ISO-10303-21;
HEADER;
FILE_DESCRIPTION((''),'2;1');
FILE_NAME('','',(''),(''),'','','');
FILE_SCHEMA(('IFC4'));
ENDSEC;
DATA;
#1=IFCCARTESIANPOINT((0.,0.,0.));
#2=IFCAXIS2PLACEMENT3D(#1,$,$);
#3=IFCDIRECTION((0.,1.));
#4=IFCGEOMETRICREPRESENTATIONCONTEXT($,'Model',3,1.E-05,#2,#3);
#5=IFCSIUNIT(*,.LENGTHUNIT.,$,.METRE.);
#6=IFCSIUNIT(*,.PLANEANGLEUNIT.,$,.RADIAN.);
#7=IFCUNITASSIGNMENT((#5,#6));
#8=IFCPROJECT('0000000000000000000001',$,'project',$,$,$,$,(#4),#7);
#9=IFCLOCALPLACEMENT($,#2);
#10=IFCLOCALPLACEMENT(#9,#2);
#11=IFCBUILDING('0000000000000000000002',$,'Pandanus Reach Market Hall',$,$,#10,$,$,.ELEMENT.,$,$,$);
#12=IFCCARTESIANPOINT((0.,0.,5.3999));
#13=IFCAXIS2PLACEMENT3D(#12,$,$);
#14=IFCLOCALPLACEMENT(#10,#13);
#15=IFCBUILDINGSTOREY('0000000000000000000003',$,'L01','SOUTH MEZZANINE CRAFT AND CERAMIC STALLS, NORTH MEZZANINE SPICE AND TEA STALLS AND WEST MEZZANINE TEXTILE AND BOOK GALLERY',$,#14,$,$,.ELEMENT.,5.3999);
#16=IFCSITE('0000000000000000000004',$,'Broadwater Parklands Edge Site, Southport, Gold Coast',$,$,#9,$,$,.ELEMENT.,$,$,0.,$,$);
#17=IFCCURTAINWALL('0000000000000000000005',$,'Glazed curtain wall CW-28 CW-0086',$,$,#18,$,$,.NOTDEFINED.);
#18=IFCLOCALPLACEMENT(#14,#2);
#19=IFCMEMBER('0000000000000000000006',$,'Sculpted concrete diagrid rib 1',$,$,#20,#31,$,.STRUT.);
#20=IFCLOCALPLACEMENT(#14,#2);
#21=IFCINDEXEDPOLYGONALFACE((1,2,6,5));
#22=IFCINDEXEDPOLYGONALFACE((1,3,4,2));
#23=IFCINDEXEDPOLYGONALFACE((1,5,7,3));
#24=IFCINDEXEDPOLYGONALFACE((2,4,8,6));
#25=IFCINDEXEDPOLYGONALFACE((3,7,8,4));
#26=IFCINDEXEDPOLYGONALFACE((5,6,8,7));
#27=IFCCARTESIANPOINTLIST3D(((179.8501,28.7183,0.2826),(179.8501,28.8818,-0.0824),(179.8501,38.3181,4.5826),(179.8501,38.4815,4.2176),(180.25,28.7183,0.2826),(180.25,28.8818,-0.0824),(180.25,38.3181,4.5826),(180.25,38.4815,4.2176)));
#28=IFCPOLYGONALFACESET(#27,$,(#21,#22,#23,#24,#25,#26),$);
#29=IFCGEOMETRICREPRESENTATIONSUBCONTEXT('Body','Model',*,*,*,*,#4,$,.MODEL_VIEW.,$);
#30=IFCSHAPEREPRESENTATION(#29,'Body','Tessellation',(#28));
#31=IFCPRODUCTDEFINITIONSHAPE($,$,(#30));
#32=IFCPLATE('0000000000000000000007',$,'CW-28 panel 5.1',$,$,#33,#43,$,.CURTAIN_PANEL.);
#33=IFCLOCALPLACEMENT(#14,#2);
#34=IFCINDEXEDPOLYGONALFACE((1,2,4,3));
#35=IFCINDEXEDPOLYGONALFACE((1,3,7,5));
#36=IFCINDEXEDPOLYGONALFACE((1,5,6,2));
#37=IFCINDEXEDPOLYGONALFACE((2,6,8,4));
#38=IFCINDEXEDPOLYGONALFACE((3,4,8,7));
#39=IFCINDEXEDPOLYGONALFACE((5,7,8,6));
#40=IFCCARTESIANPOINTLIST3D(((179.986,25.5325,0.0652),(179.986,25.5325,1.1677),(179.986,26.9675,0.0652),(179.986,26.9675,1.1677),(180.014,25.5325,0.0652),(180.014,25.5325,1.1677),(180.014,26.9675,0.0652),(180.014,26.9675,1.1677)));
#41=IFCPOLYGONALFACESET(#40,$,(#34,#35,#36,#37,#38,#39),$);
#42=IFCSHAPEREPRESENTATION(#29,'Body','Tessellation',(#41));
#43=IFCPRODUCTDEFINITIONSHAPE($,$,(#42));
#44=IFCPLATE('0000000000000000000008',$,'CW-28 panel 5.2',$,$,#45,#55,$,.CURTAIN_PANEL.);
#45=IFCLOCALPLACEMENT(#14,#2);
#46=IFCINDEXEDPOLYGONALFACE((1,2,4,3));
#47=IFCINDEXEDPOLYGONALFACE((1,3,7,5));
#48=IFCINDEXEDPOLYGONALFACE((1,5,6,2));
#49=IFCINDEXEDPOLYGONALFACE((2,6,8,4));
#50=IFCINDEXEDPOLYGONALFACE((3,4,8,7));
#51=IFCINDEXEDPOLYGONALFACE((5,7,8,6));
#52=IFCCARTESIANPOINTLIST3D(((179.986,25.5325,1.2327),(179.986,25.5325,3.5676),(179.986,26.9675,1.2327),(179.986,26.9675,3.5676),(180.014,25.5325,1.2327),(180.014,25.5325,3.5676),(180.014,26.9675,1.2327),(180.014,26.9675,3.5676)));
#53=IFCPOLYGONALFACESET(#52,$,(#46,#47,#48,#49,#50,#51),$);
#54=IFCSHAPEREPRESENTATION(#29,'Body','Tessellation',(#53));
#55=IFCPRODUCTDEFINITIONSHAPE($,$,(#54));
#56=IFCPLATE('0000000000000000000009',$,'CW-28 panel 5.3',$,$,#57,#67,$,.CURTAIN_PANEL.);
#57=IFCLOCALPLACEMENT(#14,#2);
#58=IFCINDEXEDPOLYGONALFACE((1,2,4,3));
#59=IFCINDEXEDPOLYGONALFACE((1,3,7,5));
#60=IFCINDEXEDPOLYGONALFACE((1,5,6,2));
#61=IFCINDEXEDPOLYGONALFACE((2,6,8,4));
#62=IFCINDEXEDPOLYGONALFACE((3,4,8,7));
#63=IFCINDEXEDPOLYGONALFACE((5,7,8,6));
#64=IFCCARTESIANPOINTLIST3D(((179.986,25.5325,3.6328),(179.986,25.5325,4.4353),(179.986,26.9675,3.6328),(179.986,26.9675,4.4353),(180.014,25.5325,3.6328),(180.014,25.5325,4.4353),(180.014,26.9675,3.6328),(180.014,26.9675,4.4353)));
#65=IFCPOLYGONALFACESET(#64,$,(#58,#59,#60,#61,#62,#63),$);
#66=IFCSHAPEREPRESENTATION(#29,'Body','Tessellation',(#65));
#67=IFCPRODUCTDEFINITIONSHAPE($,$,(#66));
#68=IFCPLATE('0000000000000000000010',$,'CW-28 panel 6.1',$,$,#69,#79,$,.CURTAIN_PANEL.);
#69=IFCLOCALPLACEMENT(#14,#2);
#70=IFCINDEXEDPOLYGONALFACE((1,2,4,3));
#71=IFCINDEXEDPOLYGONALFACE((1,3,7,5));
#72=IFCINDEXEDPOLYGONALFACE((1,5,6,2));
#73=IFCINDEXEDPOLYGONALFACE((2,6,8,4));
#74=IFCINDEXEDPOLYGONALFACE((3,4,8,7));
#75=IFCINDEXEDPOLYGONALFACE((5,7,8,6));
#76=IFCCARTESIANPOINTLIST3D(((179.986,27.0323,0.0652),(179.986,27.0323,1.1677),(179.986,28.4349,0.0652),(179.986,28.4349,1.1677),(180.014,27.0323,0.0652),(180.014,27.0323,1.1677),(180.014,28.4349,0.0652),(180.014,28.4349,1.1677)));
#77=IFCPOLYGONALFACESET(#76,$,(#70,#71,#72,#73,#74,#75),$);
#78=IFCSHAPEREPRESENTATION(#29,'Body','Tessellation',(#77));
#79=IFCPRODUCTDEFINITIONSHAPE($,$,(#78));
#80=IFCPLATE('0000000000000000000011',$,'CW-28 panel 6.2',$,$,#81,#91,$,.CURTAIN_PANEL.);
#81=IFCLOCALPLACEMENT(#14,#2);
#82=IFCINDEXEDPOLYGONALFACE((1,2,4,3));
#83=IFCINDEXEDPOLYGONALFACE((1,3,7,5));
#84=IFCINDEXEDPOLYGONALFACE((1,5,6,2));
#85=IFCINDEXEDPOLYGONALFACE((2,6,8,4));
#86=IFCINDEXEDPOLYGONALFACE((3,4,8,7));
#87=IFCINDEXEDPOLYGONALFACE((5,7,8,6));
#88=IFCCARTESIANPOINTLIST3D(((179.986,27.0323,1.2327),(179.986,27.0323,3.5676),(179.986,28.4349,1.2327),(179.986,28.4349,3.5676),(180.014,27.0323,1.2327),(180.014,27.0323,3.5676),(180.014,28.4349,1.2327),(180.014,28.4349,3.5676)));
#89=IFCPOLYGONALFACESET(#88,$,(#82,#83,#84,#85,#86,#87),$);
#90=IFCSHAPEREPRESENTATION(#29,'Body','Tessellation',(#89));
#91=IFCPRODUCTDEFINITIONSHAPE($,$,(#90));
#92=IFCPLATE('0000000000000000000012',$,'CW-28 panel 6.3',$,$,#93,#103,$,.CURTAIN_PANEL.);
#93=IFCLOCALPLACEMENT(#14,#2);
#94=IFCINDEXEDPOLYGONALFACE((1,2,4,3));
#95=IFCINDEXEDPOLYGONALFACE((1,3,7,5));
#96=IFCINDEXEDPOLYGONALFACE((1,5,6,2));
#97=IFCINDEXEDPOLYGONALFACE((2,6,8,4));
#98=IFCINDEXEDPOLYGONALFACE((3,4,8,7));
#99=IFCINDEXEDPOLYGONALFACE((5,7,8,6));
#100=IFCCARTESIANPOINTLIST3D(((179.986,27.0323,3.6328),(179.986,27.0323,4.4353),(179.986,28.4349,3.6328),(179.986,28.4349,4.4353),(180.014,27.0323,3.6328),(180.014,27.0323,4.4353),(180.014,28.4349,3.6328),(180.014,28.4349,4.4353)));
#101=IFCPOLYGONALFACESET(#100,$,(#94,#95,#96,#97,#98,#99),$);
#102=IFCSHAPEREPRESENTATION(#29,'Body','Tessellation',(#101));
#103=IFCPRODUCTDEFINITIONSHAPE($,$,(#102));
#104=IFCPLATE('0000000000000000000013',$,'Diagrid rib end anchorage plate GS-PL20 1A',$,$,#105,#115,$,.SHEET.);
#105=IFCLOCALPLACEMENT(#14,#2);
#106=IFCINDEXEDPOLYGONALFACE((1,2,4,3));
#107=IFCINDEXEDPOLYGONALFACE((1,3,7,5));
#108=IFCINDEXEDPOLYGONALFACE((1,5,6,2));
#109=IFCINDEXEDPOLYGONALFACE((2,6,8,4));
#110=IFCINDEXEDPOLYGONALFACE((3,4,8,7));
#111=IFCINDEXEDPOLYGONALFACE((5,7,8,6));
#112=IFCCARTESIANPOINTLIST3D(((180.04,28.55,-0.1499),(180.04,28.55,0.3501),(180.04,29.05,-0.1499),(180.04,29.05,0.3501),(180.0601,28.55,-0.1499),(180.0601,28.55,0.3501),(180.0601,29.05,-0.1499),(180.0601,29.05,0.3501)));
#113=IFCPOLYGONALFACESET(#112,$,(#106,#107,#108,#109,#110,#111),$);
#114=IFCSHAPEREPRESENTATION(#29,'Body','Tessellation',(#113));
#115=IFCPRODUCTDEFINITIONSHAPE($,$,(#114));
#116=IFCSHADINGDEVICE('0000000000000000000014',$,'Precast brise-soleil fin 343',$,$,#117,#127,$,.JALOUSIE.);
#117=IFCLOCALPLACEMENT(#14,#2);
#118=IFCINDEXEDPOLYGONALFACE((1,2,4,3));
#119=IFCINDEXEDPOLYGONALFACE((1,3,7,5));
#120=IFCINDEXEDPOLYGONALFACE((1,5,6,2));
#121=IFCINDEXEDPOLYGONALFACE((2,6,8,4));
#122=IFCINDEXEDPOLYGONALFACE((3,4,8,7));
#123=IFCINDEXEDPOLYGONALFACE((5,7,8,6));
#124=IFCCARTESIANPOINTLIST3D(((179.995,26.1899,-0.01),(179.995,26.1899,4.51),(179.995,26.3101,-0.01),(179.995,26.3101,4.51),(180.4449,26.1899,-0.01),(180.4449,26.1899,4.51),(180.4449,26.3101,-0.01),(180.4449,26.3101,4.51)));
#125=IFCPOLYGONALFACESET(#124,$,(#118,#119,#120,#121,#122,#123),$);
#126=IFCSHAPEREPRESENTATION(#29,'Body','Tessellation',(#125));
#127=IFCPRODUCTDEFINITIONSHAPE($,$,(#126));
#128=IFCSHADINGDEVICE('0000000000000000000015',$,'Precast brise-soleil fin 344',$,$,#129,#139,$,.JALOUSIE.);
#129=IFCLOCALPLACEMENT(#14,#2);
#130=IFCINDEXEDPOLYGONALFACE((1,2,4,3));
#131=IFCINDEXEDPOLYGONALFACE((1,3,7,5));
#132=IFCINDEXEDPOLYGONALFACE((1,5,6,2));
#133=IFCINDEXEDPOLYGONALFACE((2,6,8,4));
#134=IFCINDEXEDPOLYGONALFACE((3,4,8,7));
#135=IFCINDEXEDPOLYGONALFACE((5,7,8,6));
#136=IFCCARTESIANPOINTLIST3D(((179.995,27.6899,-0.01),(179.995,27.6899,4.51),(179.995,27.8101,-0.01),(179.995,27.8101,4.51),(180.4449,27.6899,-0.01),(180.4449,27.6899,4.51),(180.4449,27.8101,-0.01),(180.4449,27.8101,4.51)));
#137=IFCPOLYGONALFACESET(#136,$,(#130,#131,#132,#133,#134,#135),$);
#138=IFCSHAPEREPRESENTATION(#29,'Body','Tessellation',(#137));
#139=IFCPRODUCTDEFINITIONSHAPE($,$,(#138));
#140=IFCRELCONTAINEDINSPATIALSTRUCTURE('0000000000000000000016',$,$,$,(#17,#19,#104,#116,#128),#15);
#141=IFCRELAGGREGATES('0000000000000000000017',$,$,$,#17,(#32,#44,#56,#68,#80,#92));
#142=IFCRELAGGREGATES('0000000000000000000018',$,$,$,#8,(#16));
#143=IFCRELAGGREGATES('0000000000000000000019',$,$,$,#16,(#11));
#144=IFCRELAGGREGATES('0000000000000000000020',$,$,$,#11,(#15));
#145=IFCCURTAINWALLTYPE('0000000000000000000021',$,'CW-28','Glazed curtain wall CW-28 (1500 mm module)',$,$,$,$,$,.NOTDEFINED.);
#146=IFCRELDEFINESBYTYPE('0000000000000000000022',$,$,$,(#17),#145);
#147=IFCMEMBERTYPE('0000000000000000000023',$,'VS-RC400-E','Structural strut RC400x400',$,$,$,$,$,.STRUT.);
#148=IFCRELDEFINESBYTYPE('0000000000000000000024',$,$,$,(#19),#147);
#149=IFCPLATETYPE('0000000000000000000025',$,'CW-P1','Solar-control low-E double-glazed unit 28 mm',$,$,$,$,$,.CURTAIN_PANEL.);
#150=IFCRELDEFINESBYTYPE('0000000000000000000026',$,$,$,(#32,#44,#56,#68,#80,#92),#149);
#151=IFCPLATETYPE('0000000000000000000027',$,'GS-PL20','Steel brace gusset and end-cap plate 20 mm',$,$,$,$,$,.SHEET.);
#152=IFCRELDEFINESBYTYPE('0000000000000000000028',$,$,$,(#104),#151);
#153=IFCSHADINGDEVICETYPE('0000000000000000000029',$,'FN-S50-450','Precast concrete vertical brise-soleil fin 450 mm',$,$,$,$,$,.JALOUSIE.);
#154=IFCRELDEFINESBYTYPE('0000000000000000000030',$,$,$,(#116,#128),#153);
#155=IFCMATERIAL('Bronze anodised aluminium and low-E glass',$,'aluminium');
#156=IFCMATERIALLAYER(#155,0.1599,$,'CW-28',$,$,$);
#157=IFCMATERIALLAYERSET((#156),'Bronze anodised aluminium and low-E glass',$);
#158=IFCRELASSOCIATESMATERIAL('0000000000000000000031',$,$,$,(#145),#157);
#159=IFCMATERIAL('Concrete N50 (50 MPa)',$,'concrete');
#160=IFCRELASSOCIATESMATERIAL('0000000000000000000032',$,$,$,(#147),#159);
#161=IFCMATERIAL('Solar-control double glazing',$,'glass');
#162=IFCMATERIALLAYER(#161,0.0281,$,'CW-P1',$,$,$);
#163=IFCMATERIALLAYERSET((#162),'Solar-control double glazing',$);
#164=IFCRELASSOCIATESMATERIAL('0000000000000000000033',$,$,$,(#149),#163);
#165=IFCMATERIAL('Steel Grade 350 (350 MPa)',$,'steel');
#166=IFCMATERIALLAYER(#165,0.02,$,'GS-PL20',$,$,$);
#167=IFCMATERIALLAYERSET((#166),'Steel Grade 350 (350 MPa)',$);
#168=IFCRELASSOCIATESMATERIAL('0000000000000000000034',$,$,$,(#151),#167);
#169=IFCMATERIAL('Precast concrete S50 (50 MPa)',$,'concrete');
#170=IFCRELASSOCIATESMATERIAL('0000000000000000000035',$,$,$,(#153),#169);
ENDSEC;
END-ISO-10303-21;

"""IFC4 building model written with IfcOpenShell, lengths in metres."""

from ifc_helpers import new_model, si_unit, direction, frame, origin, origin_2d, place, context, subcontext, project, spatial, rectangle, extrude, material, layer, layer_set, material_profile, profile_set, type_object, element, aggregate, save


model = new_model("IFC4")

# Units and contexts
model_context = context("Model", 3, precision=1e-05, world=origin(), true_north=direction((0.0, 1.0)))
body_context = subcontext(model_context, "Body", "Model", "MODEL_VIEW")
ifc_project = project(units=[si_unit("LENGTHUNIT", "METRE"), si_unit("PLANEANGLEUNIT", "RADIAN")], contexts=[model_context])

# Site, building, storey
site_placement = place(None, origin())
site = spatial("IfcSite", under=ifc_project, at=site_placement, Name="Broadwater Parklands Edge Site, Southport, Gold Coast", CompositionType="ELEMENT", RefElevation=0.0)
building_placement = place(site_placement, origin())
building = spatial("IfcBuilding", under=site, at=building_placement, Name="Pandanus Reach Market Hall", CompositionType="ELEMENT")
storey_placement = place(building_placement, frame((0.0, 0.0, 5.3999)))
storey = spatial("IfcBuildingStorey", under=building, at=storey_placement, Name="L01", Description="SOUTH MEZZANINE CRAFT AND CERAMIC STALLS, NORTH MEZZANINE SPICE AND TEA STALLS AND WEST MEZZANINE TEXTILE AND BOOK GALLERY", CompositionType="ELEMENT", Elevation=5.3999)

# Curtain wall
ifc_material_1 = material(Name="Bronze anodised aluminium and low-E glass", Category="aluminium")
ifc_layer_1 = layer(ifc_material_1, 0.1599, Name="CW-28")
ifc_layer_set_1 = layer_set([ifc_layer_1], Name="Bronze anodised aluminium and low-E glass")
curtain_wall_type = type_object("IfcCurtainWallType", Name="CW-28", Description="Glazed curtain wall CW-28 (1500 mm module)", PredefinedType="NOTDEFINED", material=ifc_layer_set_1)
curtain_wall_placement = place(storey_placement, origin())
curtain_wall = element("IfcCurtainWall", 1, at=curtain_wall_placement, inside=storey, type_object=curtain_wall_type, Name="Glazed curtain wall CW-28 CW-0086", PredefinedType="NOTDEFINED")

# Member
ifc_material_2 = material(Name="Concrete N50 (50 MPa)", Category="concrete")
ifc_material_profile_1 = material_profile(ifc_material_2, rectangle(XDim=0.3999, YDim=0.3999, at=origin_2d()), Name="RC400x400", Category="LoadBearing")
ifc_profile_set_1 = profile_set([ifc_material_profile_1], Name="Concrete N50 (50 MPa)")
member_type_1 = type_object("IfcMemberType", Name="VS-RC400-E", Description="Structural strut RC400x400", PredefinedType="STRUT", material=ifc_profile_set_1)
member_1_placement = place(storey_placement, frame((180.05, 28.8, 0.1001), z_axis=(0.0, 0.912628, 0.408792), x_axis=(-1.0, 0.0, 0.0)))
element("IfcMember", 2, at=member_1_placement, inside=storey, type_object=member_type_1, Name="Sculpted concrete diagrid rib 1", PredefinedType="STRUT", context=body_context, shape_type="SweptSolid", body=[
    extrude(rectangle(XDim=0.3999, YDim=0.3999, at=origin_2d()), origin(), (0.0, 0.0, 1.0), 10.5188),
])

# Plates
ifc_material_3 = material(Name="Solar-control double glazing", Category="glass")
ifc_layer_2 = layer(ifc_material_3, 0.0281, Name="CW-P1")
ifc_layer_set_2 = layer_set([ifc_layer_2], Name="Solar-control double glazing")
plate_type_1 = type_object("IfcPlateType", Name="CW-P1", Description="Solar-control low-E double-glazed unit 28 mm", PredefinedType="CURTAIN_PANEL", material=ifc_layer_set_2)
plate_1_placement = place(storey_placement, frame((180.0, 26.25, 0.0652), z_axis=(0.0, 0.0, 1.0), x_axis=(0.0, 1.0, 0.0)))
plate_1 = element("IfcPlate", 3, at=plate_1_placement, type_object=plate_type_1, Name="CW-28 panel 5.1", PredefinedType="CURTAIN_PANEL", context=body_context, shape_type="SweptSolid", body=[
    extrude(rectangle(XDim=1.4351, YDim=0.0281, at=origin_2d()), origin(), (0.0, 0.0, 1.0), 1.1025),
])
plate_2_placement = place(storey_placement, frame((180.0, 26.25, 1.2327), z_axis=(0.0, 0.0, 1.0), x_axis=(0.0, 1.0, 0.0)))
plate_2 = element("IfcPlate", 4, at=plate_2_placement, type_object=plate_type_1, Name="CW-28 panel 5.2", PredefinedType="CURTAIN_PANEL", context=body_context, shape_type="SweptSolid", body=[
    extrude(rectangle(XDim=1.4351, YDim=0.0281, at=origin_2d()), origin(), (0.0, 0.0, 1.0), 2.335),
])
plate_3_placement = place(storey_placement, frame((180.0, 26.25, 3.6328), z_axis=(0.0, 0.0, 1.0), x_axis=(0.0, 1.0, 0.0)))
plate_3 = element("IfcPlate", 5, at=plate_3_placement, type_object=plate_type_1, Name="CW-28 panel 5.3", PredefinedType="CURTAIN_PANEL", context=body_context, shape_type="SweptSolid", body=[
    extrude(rectangle(XDim=1.4351, YDim=0.0281, at=origin_2d()), origin(), (0.0, 0.0, 1.0), 0.8025),
])
plate_4_placement = place(storey_placement, frame((180.0, 27.7336, 0.0652), z_axis=(0.0, 0.0, 1.0), x_axis=(0.0, 1.0, 0.0)))
plate_4 = element("IfcPlate", 6, at=plate_4_placement, type_object=plate_type_1, Name="CW-28 panel 6.1", PredefinedType="CURTAIN_PANEL", context=body_context, shape_type="SweptSolid", body=[
    extrude(rectangle(XDim=1.4026, YDim=0.0281, at=origin_2d()), origin(), (0.0, 0.0, 1.0), 1.1025),
])
plate_5_placement = place(storey_placement, frame((180.0, 27.7336, 1.2327), z_axis=(0.0, 0.0, 1.0), x_axis=(0.0, 1.0, 0.0)))
plate_5 = element("IfcPlate", 7, at=plate_5_placement, type_object=plate_type_1, Name="CW-28 panel 6.2", PredefinedType="CURTAIN_PANEL", context=body_context, shape_type="SweptSolid", body=[
    extrude(rectangle(XDim=1.4026, YDim=0.0281, at=origin_2d()), origin(), (0.0, 0.0, 1.0), 2.335),
])
plate_6_placement = place(storey_placement, frame((180.0, 27.7336, 3.6328), z_axis=(0.0, 0.0, 1.0), x_axis=(0.0, 1.0, 0.0)))
plate_6 = element("IfcPlate", 8, at=plate_6_placement, type_object=plate_type_1, Name="CW-28 panel 6.3", PredefinedType="CURTAIN_PANEL", context=body_context, shape_type="SweptSolid", body=[
    extrude(rectangle(XDim=1.4026, YDim=0.0281, at=origin_2d()), origin(), (0.0, 0.0, 1.0), 0.8025),
])
aggregate(curtain_wall, [plate_1, plate_2, plate_3, plate_4, plate_5, plate_6])
ifc_material_4 = material(Name="Steel Grade 350 (350 MPa)", Category="steel")
ifc_layer_3 = layer(ifc_material_4, 0.02, Name="GS-PL20")
ifc_layer_set_3 = layer_set([ifc_layer_3], Name="Steel Grade 350 (350 MPa)")
plate_type_2 = type_object("IfcPlateType", Name="GS-PL20", Description="Steel brace gusset and end-cap plate 20 mm", PredefinedType="SHEET", material=ifc_layer_set_3)
plate_7_placement = place(storey_placement, frame((180.05, 28.8, -0.1499), z_axis=(0.0, 0.0, 1.0), x_axis=(1.0, 0.0, 0.0)))
element("IfcPlate", 9, at=plate_7_placement, inside=storey, type_object=plate_type_2, Name="Diagrid rib end anchorage plate GS-PL20 1A", PredefinedType="SHEET", context=body_context, shape_type="SweptSolid", body=[
    extrude(rectangle(XDim=0.02, YDim=0.5, at=origin_2d()), origin(), (0.0, 0.0, 1.0), 0.5),
])

# Shading devices
ifc_material_5 = material(Name="Precast concrete S50 (50 MPa)", Category="concrete")
shading_device_type = type_object("IfcShadingDeviceType", Name="FN-S50-450", Description="Precast concrete vertical brise-soleil fin 450 mm", PredefinedType="JALOUSIE", material=ifc_material_5)
for number, where, z_axis, x_axis, name in (
    (10, (180.22, 26.25, -0.01), (0.0, 0.0, 1.0), (1.0, 0.0, 0.0), "Precast brise-soleil fin 343"),
    (11, (180.22, 27.75, -0.01), (0.0, 0.0, 1.0), (1.0, 0.0, 0.0), "Precast brise-soleil fin 344"),
):
    element("IfcShadingDevice", number, at=place(storey_placement, frame(where, z_axis=z_axis, x_axis=x_axis)), inside=storey, type_object=shading_device_type, Name=name, PredefinedType="JALOUSIE", context=body_context, shape_type="SweptSolid", body=[
        extrude(rectangle(XDim=0.45, YDim=0.1201, at=origin_2d()), origin(), (0.0, 0.0, 1.0), 4.52),
    ])

save(model, "model.ifc")
